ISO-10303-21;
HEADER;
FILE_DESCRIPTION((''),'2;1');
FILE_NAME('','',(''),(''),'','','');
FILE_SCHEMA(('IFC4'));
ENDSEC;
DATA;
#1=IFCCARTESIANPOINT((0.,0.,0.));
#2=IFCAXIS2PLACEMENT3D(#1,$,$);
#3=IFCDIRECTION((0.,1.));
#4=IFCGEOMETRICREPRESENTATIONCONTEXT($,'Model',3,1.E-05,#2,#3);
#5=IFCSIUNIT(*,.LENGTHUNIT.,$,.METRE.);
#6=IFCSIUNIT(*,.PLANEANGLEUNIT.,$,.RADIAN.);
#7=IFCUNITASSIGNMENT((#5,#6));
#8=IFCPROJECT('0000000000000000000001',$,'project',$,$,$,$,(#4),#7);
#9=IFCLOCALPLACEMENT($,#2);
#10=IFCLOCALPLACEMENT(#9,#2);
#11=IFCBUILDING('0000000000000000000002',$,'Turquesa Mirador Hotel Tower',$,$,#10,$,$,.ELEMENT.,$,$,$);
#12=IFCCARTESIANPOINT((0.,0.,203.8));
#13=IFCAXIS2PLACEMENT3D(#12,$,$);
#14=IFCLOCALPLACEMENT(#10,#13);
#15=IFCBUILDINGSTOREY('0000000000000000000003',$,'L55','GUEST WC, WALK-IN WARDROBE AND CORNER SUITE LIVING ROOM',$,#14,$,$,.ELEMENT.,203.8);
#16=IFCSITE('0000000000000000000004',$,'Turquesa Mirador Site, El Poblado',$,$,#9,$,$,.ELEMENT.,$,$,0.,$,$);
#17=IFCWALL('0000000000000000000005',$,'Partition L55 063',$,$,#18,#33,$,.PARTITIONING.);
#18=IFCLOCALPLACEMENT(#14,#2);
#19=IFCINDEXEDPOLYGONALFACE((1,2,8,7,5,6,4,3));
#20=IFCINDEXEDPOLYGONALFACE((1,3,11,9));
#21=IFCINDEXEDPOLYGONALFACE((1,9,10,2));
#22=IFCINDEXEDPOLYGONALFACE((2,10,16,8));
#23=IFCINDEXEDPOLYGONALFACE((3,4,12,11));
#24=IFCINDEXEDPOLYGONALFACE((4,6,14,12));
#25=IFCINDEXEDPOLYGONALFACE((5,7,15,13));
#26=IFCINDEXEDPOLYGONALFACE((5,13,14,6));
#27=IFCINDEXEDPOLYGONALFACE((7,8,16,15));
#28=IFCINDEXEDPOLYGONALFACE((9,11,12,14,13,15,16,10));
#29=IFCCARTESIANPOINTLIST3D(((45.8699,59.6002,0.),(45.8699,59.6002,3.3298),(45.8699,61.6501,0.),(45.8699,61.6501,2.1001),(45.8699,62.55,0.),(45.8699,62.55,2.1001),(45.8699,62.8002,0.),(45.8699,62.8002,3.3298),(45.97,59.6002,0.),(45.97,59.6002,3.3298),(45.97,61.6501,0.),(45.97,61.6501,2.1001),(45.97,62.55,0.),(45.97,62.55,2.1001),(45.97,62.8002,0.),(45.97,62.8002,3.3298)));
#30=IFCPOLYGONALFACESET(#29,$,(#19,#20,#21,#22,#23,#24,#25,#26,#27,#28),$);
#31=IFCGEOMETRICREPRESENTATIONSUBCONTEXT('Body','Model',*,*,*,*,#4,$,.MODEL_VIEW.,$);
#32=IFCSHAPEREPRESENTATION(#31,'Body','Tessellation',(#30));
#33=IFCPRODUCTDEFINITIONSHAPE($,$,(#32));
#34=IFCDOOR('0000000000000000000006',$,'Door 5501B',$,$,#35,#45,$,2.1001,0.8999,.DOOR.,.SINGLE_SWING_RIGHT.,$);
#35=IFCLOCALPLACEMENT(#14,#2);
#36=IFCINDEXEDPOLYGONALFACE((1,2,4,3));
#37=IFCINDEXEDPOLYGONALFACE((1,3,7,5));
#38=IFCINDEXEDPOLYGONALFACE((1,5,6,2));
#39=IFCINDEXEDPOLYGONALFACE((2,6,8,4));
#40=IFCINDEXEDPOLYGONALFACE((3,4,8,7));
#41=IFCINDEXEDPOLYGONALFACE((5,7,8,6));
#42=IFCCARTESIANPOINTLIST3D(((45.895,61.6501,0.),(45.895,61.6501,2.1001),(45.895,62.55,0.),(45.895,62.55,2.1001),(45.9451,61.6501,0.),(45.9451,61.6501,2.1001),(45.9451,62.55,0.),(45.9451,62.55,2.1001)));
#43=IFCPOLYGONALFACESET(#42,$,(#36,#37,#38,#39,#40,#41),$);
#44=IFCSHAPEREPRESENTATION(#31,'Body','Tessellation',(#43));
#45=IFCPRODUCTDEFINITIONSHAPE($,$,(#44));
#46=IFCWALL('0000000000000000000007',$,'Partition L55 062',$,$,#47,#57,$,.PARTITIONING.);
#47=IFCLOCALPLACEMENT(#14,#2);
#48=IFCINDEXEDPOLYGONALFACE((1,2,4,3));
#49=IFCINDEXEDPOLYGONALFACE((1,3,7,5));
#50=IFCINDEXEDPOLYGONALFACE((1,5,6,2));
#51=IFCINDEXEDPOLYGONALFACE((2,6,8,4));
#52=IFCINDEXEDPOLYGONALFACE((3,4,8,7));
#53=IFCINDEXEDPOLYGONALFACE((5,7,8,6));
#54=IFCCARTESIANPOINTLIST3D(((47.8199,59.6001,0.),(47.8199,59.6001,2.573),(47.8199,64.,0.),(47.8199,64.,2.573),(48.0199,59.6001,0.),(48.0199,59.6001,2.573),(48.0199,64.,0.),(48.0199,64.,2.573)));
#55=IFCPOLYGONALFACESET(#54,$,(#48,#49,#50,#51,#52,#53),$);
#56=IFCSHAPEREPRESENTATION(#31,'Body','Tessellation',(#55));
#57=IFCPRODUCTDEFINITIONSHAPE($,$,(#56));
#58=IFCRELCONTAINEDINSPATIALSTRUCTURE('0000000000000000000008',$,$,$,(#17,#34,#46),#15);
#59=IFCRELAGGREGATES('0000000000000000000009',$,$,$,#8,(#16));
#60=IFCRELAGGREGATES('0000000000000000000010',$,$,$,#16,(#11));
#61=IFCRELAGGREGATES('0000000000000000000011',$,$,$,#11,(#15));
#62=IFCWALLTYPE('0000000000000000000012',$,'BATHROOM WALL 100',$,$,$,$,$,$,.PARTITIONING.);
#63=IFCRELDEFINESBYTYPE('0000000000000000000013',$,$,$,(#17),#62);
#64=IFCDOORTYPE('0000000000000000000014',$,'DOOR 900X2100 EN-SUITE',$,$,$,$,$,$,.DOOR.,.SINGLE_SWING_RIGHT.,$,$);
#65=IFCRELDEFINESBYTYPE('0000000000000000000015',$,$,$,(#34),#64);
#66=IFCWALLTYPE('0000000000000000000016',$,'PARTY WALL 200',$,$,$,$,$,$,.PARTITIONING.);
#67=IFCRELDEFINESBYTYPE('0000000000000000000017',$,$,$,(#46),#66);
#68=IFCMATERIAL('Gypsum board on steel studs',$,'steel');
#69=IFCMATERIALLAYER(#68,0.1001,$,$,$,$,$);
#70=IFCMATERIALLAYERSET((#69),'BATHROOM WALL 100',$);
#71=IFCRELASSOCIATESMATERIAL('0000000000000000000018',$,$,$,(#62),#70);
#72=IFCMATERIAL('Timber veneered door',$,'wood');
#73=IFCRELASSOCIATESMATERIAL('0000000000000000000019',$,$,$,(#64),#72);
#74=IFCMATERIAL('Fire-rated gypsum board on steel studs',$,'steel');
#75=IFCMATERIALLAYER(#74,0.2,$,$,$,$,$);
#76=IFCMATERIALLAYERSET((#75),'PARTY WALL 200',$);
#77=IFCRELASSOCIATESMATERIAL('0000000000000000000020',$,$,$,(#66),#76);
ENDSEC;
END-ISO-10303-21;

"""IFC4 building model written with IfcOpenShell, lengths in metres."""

from ifc_helpers import new_model, si_unit, direction, frame, frame_2d, origin, place, context, subcontext, project, spatial, rectangle, extrude, material, layer, layer_set, type_object, element, fill, save


model = new_model("IFC4")

# Units and contexts
model_context = context("Model", 3, precision=1e-05, world=origin(), true_north=direction((0.0, 1.0)))
body_context = subcontext(model_context, "Body", "Model", "MODEL_VIEW")
ifc_project = project(units=[si_unit("LENGTHUNIT", "METRE"), si_unit("PLANEANGLEUNIT", "RADIAN")], contexts=[model_context])

# Site, building, storey
site_placement = place(None, origin())
site = spatial("IfcSite", under=ifc_project, at=site_placement, Name="Turquesa Mirador Site, El Poblado", CompositionType="ELEMENT", RefElevation=0.0)
building_placement = place(site_placement, origin())
building = spatial("IfcBuilding", under=site, at=building_placement, Name="Turquesa Mirador Hotel Tower", CompositionType="ELEMENT")
storey_placement = place(building_placement, frame((0.0, 0.0, 203.8)))
storey = spatial("IfcBuildingStorey", under=building, at=storey_placement, Name="L55", Description="GUEST WC, WALK-IN WARDROBE AND CORNER SUITE LIVING ROOM", CompositionType="ELEMENT", Elevation=203.8)

# Shared definitions
ifc_material_1 = material(Name="Gypsum board on steel studs", Category="steel")
ifc_layer_1 = layer(ifc_material_1, 0.1001)
ifc_layer_set_1 = layer_set([ifc_layer_1], Name="BATHROOM WALL 100")
wall_type_1 = type_object("IfcWallType", Name="BATHROOM WALL 100", PredefinedType="PARTITIONING", material=ifc_layer_set_1)

# Wall, opening, door
ifc_material_2 = material(Name="Timber veneered door", Category="wood")
door_type_1 = type_object("IfcDoorType", Name="DOOR 900X2100 EN-SUITE", OperationType="SINGLE_SWING_RIGHT", PredefinedType="DOOR", material=ifc_material_2)
wall_1_placement = place(storey_placement, frame((45.9199, 59.6001, 0.0), z_axis=(0.0, 0.0, 1.0), x_axis=(0.0, 1.0, 0.0)))
wall_1 = element("IfcWall", 1, at=wall_1_placement, inside=storey, type_object=wall_type_1, Name="Partition L55 063", PredefinedType="PARTITIONING", context=body_context, shape_type="SweptSolid", body=[
    extrude(rectangle(XDim=3.2, YDim=0.1001, at=frame_2d((1.6001, 0.0))), origin(), (0.0, 0.0, 1.0), 3.3298),
])
opening_1_placement = place(wall_1_placement, frame((2.05, 0.0, 0.0)))
opening_1 = element("IfcOpeningElement", 2, at=opening_1_placement, cuts=wall_1, PredefinedType="OPENING", context=body_context, shape_type="SweptSolid", body=[
    extrude(rectangle(XDim=0.8999, YDim=2.1001, at=frame_2d((0.45, 1.05))), frame((0.0, 0.0601, 0.0), z_axis=(0.0, -1.0, 0.0), x_axis=(1.0, 0.0, 0.0)), (0.0, 0.0, 1.0), 0.1201),
])
door_1_placement = place(opening_1_placement, origin())
door_1 = element("IfcDoor", 3, at=door_1_placement, inside=storey, type_object=door_type_1, Name="Door 5501B", OperationType="SINGLE_SWING_RIGHT", OverallHeight=2.1001, OverallWidth=0.8999, PredefinedType="DOOR", context=body_context, shape_type="SweptSolid", body=[
    extrude(rectangle(XDim=0.8999, YDim=2.1001, at=frame_2d((0.45, 1.05))), frame((0.0, 0.0249, 0.0), z_axis=(0.0, -1.0, 0.0), x_axis=(1.0, 0.0, 0.0)), (0.0, 0.0, 1.0), 0.05),
])
fill(opening_1, door_1)

# Wall
ifc_material_3 = material(Name="Fire-rated gypsum board on steel studs", Category="steel")
ifc_layer_2 = layer(ifc_material_3, 0.2)
ifc_layer_set_2 = layer_set([ifc_layer_2], Name="PARTY WALL 200")
wall_type_2 = type_object("IfcWallType", Name="PARTY WALL 200", PredefinedType="PARTITIONING", material=ifc_layer_set_2)
wall_2_placement = place(storey_placement, frame((47.9199, 59.6001, 0.0), z_axis=(0.0, 0.0, 1.0), x_axis=(0.0, 1.0, 0.0)))
element("IfcWall", 4, at=wall_2_placement, inside=storey, type_object=wall_type_2, Name="Partition L55 062", PredefinedType="PARTITIONING", context=body_context, shape_type="SweptSolid", body=[
    extrude(rectangle(XDim=4.3999, YDim=0.2, at=frame_2d((2.2, 0.0))), origin(), (0.0, 0.0, 1.0), 2.573),
])

save(model, "model.ifc")
